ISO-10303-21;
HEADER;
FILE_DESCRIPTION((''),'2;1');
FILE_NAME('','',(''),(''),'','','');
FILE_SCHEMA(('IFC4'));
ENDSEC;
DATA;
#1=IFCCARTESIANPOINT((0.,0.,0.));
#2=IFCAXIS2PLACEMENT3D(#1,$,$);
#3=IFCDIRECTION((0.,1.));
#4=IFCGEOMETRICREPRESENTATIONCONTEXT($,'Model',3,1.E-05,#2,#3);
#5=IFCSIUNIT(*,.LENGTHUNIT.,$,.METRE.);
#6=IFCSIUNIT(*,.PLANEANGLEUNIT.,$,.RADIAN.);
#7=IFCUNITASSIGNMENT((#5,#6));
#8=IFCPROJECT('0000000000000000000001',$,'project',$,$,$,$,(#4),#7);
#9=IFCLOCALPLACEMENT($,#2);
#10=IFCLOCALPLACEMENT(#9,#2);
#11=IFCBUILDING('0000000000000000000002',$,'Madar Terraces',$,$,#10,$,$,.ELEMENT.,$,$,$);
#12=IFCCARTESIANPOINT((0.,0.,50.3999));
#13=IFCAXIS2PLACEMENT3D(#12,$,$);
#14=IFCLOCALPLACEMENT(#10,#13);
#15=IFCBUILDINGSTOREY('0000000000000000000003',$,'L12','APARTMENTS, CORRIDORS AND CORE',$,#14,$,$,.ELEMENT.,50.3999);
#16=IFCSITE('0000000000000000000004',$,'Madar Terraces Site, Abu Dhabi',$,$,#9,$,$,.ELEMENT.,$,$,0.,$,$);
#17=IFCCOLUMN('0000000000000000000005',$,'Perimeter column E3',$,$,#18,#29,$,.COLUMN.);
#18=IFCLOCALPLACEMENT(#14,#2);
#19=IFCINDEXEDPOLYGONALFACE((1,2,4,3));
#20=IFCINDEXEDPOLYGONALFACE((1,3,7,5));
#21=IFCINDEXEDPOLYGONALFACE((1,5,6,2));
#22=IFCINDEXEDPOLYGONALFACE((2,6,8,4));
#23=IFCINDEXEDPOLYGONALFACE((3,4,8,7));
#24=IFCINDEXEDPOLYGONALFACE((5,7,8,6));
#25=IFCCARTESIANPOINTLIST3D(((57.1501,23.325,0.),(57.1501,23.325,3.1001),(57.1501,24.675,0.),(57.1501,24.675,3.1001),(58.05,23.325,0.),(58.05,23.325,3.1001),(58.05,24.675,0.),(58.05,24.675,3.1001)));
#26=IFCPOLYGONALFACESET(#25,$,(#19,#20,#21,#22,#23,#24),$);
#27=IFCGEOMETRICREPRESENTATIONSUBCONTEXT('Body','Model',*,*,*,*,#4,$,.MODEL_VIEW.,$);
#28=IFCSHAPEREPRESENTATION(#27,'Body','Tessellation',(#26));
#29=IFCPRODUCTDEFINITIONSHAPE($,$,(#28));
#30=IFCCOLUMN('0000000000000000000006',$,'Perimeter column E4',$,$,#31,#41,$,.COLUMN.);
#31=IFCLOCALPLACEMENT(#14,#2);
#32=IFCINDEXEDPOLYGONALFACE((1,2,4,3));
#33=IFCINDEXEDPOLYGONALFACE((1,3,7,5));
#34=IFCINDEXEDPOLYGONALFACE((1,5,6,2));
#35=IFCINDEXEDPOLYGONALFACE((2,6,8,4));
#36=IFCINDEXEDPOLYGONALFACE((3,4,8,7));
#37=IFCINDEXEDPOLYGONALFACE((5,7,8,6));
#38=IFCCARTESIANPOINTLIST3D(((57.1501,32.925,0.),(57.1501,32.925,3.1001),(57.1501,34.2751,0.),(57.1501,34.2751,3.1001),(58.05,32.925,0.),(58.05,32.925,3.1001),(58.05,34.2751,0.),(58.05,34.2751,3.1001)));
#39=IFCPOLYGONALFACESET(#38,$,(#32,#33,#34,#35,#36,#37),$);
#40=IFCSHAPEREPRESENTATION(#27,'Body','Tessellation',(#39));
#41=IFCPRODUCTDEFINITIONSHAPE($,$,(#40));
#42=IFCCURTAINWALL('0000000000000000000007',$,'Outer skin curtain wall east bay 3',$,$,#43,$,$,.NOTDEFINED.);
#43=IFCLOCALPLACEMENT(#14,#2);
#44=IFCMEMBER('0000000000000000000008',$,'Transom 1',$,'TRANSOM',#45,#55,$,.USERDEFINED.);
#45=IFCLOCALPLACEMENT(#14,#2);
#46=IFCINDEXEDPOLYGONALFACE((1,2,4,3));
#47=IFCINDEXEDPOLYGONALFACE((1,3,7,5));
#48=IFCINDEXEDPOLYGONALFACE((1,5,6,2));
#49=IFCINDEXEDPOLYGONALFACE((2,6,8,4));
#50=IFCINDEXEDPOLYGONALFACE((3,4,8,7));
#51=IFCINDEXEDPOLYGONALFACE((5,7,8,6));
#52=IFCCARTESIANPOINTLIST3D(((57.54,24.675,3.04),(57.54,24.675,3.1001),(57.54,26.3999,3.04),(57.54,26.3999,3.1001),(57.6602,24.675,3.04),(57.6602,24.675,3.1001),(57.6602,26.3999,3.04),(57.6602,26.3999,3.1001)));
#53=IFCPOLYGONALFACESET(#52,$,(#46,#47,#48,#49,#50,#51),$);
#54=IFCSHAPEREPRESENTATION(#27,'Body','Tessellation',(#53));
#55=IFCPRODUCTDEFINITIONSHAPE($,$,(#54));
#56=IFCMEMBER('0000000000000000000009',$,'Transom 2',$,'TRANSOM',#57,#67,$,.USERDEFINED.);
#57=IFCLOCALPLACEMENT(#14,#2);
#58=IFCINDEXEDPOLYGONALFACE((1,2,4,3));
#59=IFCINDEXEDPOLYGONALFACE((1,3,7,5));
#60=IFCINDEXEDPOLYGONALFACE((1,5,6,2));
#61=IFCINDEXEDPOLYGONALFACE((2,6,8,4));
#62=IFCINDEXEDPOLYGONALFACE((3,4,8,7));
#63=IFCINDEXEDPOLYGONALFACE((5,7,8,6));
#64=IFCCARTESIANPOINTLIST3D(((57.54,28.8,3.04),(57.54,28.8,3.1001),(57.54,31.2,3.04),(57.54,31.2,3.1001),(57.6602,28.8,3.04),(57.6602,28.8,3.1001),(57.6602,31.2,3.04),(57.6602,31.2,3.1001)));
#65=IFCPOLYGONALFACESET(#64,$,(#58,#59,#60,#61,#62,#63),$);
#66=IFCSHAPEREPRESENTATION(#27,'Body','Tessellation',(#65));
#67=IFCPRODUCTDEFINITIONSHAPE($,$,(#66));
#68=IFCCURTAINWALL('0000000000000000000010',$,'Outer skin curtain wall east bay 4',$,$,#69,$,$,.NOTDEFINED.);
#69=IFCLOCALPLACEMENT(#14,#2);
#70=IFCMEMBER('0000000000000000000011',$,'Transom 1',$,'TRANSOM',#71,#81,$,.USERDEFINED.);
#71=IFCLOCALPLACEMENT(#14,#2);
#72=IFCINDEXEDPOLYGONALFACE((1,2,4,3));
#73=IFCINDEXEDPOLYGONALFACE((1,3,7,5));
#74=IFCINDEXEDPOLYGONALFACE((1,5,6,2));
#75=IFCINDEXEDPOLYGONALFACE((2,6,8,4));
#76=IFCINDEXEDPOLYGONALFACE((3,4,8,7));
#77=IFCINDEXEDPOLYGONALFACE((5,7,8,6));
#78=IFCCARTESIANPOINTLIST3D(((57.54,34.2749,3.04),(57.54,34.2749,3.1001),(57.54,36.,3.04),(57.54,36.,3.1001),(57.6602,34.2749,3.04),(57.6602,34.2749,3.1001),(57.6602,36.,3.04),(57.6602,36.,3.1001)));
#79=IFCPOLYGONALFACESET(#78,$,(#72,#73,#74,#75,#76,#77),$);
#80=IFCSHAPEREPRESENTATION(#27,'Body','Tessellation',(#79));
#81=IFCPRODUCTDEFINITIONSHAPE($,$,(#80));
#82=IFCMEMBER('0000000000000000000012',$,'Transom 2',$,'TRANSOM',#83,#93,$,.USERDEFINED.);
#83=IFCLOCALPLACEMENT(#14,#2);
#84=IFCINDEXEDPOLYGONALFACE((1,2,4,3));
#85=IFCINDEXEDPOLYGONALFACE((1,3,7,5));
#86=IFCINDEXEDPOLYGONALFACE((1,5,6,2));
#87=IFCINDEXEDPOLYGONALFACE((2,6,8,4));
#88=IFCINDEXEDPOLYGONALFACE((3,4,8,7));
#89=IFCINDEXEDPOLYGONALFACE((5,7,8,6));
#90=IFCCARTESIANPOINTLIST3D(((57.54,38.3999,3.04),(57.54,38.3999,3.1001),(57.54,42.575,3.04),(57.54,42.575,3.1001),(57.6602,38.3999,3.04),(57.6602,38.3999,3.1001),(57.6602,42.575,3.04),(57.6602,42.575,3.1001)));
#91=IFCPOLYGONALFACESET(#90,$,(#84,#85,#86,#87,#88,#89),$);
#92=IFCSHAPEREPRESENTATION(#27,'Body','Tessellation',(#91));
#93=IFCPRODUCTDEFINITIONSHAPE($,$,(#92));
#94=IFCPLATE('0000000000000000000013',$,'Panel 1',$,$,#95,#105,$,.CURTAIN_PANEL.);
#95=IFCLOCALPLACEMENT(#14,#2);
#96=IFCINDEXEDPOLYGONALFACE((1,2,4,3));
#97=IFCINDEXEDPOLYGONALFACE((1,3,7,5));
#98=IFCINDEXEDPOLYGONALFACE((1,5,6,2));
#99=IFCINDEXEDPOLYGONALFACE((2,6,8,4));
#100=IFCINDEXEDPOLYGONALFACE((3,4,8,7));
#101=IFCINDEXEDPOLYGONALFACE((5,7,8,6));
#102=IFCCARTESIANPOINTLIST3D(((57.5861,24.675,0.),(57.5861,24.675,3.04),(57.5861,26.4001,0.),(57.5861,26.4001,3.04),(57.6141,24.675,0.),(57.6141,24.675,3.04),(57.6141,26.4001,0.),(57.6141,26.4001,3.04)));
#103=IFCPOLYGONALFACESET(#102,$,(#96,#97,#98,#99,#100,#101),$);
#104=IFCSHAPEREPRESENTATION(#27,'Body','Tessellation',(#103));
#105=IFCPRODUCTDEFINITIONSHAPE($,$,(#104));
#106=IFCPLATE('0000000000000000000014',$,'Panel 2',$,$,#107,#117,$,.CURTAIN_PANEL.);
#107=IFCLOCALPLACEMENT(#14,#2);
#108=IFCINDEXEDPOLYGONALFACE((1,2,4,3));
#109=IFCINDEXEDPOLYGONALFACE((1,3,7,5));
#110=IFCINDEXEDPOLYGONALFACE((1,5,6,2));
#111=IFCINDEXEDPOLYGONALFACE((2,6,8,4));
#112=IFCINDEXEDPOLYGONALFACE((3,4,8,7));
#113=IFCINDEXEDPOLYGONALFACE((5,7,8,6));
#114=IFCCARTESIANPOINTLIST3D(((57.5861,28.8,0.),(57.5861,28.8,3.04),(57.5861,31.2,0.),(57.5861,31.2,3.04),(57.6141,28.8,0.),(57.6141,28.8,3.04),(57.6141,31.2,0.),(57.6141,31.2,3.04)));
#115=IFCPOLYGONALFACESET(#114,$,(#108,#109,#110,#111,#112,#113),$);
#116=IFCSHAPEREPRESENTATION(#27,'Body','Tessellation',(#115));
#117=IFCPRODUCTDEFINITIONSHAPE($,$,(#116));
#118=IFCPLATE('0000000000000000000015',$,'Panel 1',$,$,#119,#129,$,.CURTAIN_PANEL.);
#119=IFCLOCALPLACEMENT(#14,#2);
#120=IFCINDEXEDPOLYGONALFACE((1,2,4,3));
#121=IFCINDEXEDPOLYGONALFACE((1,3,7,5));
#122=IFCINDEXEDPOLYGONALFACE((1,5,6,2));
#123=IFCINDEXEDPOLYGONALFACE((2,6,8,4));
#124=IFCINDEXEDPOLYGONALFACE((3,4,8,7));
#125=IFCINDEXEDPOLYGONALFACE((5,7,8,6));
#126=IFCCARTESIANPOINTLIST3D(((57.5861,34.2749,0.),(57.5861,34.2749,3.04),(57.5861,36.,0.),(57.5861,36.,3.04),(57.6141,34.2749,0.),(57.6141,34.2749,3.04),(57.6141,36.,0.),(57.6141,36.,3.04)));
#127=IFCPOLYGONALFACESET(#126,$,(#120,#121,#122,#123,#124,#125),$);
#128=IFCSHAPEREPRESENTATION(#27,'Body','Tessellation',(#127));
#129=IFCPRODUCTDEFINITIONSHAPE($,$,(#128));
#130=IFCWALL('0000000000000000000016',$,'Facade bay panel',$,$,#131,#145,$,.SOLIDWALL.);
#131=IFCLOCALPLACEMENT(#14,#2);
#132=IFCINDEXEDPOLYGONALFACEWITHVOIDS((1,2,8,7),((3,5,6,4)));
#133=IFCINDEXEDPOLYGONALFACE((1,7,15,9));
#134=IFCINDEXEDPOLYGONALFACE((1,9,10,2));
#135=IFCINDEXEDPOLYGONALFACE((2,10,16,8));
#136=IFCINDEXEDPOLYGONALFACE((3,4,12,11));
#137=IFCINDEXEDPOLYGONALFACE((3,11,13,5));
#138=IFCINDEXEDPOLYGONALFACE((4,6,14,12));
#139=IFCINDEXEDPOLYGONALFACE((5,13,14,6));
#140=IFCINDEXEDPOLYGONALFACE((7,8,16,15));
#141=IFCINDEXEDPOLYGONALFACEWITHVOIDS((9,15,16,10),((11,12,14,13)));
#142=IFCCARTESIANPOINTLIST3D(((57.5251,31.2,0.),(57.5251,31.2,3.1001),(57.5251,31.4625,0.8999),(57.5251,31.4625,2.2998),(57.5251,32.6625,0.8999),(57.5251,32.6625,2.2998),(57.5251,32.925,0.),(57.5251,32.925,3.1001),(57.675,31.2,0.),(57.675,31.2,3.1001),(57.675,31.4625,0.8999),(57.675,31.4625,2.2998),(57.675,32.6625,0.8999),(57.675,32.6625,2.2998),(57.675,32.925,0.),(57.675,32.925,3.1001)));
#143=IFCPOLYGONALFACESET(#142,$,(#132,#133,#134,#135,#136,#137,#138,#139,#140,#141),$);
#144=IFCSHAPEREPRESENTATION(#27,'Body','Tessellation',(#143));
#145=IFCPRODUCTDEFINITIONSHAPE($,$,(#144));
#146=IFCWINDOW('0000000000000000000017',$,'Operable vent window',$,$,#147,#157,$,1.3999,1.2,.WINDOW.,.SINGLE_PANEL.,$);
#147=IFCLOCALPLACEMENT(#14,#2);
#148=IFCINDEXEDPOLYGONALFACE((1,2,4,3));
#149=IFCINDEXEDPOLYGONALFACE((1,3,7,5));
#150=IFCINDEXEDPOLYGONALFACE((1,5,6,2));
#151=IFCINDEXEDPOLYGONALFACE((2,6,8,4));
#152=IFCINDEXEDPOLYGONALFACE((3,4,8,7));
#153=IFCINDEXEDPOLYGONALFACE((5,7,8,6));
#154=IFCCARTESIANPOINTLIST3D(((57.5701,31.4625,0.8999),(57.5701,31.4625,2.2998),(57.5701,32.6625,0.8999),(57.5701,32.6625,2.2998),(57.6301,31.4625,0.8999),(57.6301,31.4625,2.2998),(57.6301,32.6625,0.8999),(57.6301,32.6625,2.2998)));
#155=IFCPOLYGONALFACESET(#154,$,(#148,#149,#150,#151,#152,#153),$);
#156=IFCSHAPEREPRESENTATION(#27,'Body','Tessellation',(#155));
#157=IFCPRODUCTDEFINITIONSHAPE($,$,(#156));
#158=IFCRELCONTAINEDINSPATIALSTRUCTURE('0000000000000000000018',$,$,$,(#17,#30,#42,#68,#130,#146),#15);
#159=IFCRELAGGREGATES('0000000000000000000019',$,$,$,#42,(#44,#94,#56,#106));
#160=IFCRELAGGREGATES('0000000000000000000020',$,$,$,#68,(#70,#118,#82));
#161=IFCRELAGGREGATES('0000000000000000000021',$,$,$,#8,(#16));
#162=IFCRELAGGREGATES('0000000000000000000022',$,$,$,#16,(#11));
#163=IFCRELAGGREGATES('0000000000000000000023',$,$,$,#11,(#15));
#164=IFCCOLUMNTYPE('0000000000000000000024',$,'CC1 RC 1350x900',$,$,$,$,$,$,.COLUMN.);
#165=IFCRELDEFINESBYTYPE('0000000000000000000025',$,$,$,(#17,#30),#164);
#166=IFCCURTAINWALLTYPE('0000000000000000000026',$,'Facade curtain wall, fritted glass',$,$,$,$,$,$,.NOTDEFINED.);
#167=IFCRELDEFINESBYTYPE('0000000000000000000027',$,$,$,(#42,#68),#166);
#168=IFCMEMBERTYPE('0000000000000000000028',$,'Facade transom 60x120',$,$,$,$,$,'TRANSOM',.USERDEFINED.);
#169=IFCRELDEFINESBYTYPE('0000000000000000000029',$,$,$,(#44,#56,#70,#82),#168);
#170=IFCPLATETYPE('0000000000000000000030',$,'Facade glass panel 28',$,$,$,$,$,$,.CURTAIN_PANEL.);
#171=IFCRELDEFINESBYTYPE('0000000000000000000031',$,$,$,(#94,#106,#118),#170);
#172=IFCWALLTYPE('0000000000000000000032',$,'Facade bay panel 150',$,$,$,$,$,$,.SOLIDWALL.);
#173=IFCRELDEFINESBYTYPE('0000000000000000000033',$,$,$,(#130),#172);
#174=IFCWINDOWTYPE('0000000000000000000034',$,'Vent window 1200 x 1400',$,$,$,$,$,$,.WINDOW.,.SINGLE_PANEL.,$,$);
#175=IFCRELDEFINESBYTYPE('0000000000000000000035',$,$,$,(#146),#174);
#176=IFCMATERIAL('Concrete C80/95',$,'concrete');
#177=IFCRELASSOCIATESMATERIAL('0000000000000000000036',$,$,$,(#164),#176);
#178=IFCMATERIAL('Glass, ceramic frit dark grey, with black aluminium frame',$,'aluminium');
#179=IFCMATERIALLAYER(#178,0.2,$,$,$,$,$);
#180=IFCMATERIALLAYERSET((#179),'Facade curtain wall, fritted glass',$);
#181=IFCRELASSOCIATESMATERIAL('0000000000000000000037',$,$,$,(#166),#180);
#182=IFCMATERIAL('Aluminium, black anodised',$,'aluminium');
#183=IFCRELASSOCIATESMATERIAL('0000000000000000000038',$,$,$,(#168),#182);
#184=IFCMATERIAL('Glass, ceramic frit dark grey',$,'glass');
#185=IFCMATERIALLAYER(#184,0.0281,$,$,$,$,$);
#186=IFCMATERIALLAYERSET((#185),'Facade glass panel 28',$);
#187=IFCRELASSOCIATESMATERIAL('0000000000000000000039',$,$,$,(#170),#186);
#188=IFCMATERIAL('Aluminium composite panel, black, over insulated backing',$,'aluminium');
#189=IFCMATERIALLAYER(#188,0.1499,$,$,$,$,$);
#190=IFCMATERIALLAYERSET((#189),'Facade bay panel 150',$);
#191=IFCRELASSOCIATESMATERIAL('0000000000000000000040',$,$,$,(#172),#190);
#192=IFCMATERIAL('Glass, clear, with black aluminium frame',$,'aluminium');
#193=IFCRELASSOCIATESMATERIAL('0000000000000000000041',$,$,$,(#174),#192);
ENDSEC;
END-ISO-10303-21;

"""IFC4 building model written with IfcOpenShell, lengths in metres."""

from ifc_helpers import new_model, si_unit, direction, frame, frame_2d, origin, origin_2d, place, context, subcontext, project, spatial, rectangle, extrude, material, layer, layer_set, material_profile, profile_set, type_object, element, fill, aggregate, save


model = new_model("IFC4")

# Units and contexts
model_context = context("Model", 3, precision=1e-05, world=origin(), true_north=direction((0.0, 1.0)))
body_context = subcontext(model_context, "Body", "Model", "MODEL_VIEW")
ifc_project = project(units=[si_unit("LENGTHUNIT", "METRE"), si_unit("PLANEANGLEUNIT", "RADIAN")], contexts=[model_context])

# Site, building, storey
site_placement = place(None, origin())
site = spatial("IfcSite", under=ifc_project, at=site_placement, Name="Madar Terraces Site, Abu Dhabi", CompositionType="ELEMENT", RefElevation=0.0)
building_placement = place(site_placement, origin())
building = spatial("IfcBuilding", under=site, at=building_placement, Name="Madar Terraces", CompositionType="ELEMENT")
storey_placement = place(building_placement, frame((0.0, 0.0, 50.3999)))
storey = spatial("IfcBuildingStorey", under=building, at=storey_placement, Name="L12", Description="APARTMENTS, CORRIDORS AND CORE", CompositionType="ELEMENT", Elevation=50.3999)

# Columns
ifc_material_1 = material(Name="Concrete C80/95", Category="concrete")
ifc_material_profile_1 = material_profile(ifc_material_1, rectangle(XDim=1.3501, YDim=0.8999, at=origin_2d()), Name="CC1 RC 1350x900")
ifc_profile_set_1 = profile_set([ifc_material_profile_1], Name="Concrete C80/95")
column_type = type_object("IfcColumnType", Name="CC1 RC 1350x900", PredefinedType="COLUMN", material=ifc_profile_set_1)
for number, where, z_axis, x_axis, name in (
    (1, (57.6001, 24.0, 0.0), (0.0, 0.0, 1.0), (0.0, 1.0, 0.0), "Perimeter column E3"),
    (2, (57.6001, 33.6001, 0.0), (0.0, 0.0, 1.0), (0.0, 1.0, 0.0), "Perimeter column E4"),
):
    element("IfcColumn", number, at=place(storey_placement, frame(where, z_axis=z_axis, x_axis=x_axis)), inside=storey, type_object=column_type, Name=name, PredefinedType="COLUMN", context=body_context, shape_type="SweptSolid", body=[
        extrude(rectangle(XDim=1.3501, YDim=0.8999, at=origin_2d()), origin(), (0.0, 0.0, 1.0), 3.1001),
    ])

# Curtain walls, members
ifc_material_2 = material(Name="Glass, ceramic frit dark grey, with black aluminium frame", Category="aluminium")
ifc_layer_1 = layer(ifc_material_2, 0.2)
ifc_layer_set_1 = layer_set([ifc_layer_1], Name="Facade curtain wall, fritted glass")
curtain_wall_type = type_object("IfcCurtainWallType", Name="Facade curtain wall, fritted glass", PredefinedType="NOTDEFINED", material=ifc_layer_set_1)
curtain_wall_1_placement = place(storey_placement, origin())
curtain_wall_1 = element("IfcCurtainWall", 3, at=curtain_wall_1_placement, inside=storey, type_object=curtain_wall_type, Name="Outer skin curtain wall east bay 3", PredefinedType="NOTDEFINED")
ifc_material_3 = material(Name="Aluminium, black anodised", Category="aluminium")
ifc_material_profile_2 = material_profile(ifc_material_3, rectangle(XDim=0.1201, YDim=0.0601, at=origin_2d()), Name="Facade transom 60x120")
ifc_profile_set_2 = profile_set([ifc_material_profile_2], Name="Aluminium, black anodised")
member_type = type_object("IfcMemberType", Name="Facade transom 60x120", ElementType="TRANSOM", PredefinedType="USERDEFINED", material=ifc_profile_set_2)
member_1_placement = place(storey_placement, frame((57.6001, 24.675, 3.0701), z_axis=(0.0, 1.0, 0.0), x_axis=(-1.0, 0.0, 0.0)))
member_1 = element("IfcMember", 4, at=member_1_placement, type_object=member_type, Name="Transom 1", ObjectType="TRANSOM", PredefinedType="USERDEFINED", context=body_context, shape_type="SweptSolid", body=[
    extrude(rectangle(XDim=0.1201, YDim=0.0601, at=origin_2d()), origin(), (0.0, 0.0, 1.0), 1.7249),
])
member_2_placement = place(storey_placement, frame((57.6001, 28.8, 3.0701), z_axis=(0.0, 1.0, 0.0), x_axis=(-1.0, 0.0, 0.0)))
member_2 = element("IfcMember", 5, at=member_2_placement, type_object=member_type, Name="Transom 2", ObjectType="TRANSOM", PredefinedType="USERDEFINED", context=body_context, shape_type="SweptSolid", body=[
    extrude(rectangle(XDim=0.1201, YDim=0.0601, at=origin_2d()), origin(), (0.0, 0.0, 1.0), 2.3999),
])
curtain_wall_2_placement = place(storey_placement, origin())
curtain_wall_2 = element("IfcCurtainWall", 6, at=curtain_wall_2_placement, inside=storey, type_object=curtain_wall_type, Name="Outer skin curtain wall east bay 4", PredefinedType="NOTDEFINED")
member_3_placement = place(storey_placement, frame((57.6001, 34.2749, 3.0701), z_axis=(0.0, 1.0, 0.0), x_axis=(-1.0, 0.0, 0.0)))
member_3 = element("IfcMember", 7, at=member_3_placement, type_object=member_type, Name="Transom 1", ObjectType="TRANSOM", PredefinedType="USERDEFINED", context=body_context, shape_type="SweptSolid", body=[
    extrude(rectangle(XDim=0.1201, YDim=0.0601, at=origin_2d()), origin(), (0.0, 0.0, 1.0), 1.7251),
])
member_4_placement = place(storey_placement, frame((57.6001, 38.3999, 3.0701), z_axis=(0.0, 1.0, 0.0), x_axis=(-1.0, 0.0, 0.0)))
member_4 = element("IfcMember", 8, at=member_4_placement, type_object=member_type, Name="Transom 2", ObjectType="TRANSOM", PredefinedType="USERDEFINED", context=body_context, shape_type="SweptSolid", body=[
    extrude(rectangle(XDim=0.1201, YDim=0.0601, at=origin_2d()), origin(), (0.0, 0.0, 1.0), 4.175),
])

# Plates
ifc_material_4 = material(Name="Glass, ceramic frit dark grey", Category="glass")
ifc_layer_2 = layer(ifc_material_4, 0.0281)
ifc_layer_set_2 = layer_set([ifc_layer_2], Name="Facade glass panel 28")
plate_type = type_object("IfcPlateType", Name="Facade glass panel 28", PredefinedType="CURTAIN_PANEL", material=ifc_layer_set_2)
plate_1_placement = place(storey_placement, frame((57.6001, 25.5376, 0.0), z_axis=(0.0, 0.0, 1.0), x_axis=(0.0, 1.0, 0.0)))
plate_1 = element("IfcPlate", 9, at=plate_1_placement, type_object=plate_type, Name="Panel 1", PredefinedType="CURTAIN_PANEL", context=body_context, shape_type="SweptSolid", body=[
    extrude(rectangle(XDim=1.7251, YDim=0.0281, at=origin_2d()), origin(), (0.0, 0.0, 1.0), 3.04),
])
plate_2_placement = place(storey_placement, frame((57.6001, 30.0, 0.0), z_axis=(0.0, 0.0, 1.0), x_axis=(0.0, 1.0, 0.0)))
plate_2 = element("IfcPlate", 10, at=plate_2_placement, type_object=plate_type, Name="Panel 2", PredefinedType="CURTAIN_PANEL", context=body_context, shape_type="SweptSolid", body=[
    extrude(rectangle(XDim=2.3999, YDim=0.0281, at=origin_2d()), origin(), (0.0, 0.0, 1.0), 3.04),
])
aggregate(curtain_wall_1, [member_1, plate_1, member_2, plate_2])
plate_3_placement = place(storey_placement, frame((57.6001, 35.1375, 0.0), z_axis=(0.0, 0.0, 1.0), x_axis=(0.0, 1.0, 0.0)))
plate_3 = element("IfcPlate", 11, at=plate_3_placement, type_object=plate_type, Name="Panel 1", PredefinedType="CURTAIN_PANEL", context=body_context, shape_type="SweptSolid", body=[
    extrude(rectangle(XDim=1.7251, YDim=0.0281, at=origin_2d()), origin(), (0.0, 0.0, 1.0), 3.04),
])
aggregate(curtain_wall_2, [member_3, plate_3, member_4])

# Shared definitions
ifc_material_5 = material(Name="Aluminium composite panel, black, over insulated backing", Category="aluminium")
ifc_layer_3 = layer(ifc_material_5, 0.1499)
ifc_layer_set_3 = layer_set([ifc_layer_3], Name="Facade bay panel 150")
wall_type_1 = type_object("IfcWallType", Name="Facade bay panel 150", PredefinedType="SOLIDWALL", material=ifc_layer_set_3)

# Wall, opening, window
wall_1_placement = place(storey_placement, frame((57.6001, 31.2, 0.0), z_axis=(0.0, 0.0, 1.0), x_axis=(0.0, 1.0, 0.0)))
wall_1 = element("IfcWall", 12, at=wall_1_placement, inside=storey, type_object=wall_type_1, Name="Facade bay panel", PredefinedType="SOLIDWALL", context=body_context, shape_type="SweptSolid", body=[
    extrude(rectangle(XDim=1.7251, YDim=0.1499, at=frame_2d((0.8625, 0.0))), origin(), (0.0, 0.0, 1.0), 3.1001),
])
opening_1_placement = place(wall_1_placement, frame((0.2625, 0.0, 0.8999)))
opening_1 = element("IfcOpeningElement", 13, at=opening_1_placement, cuts=wall_1, PredefinedType="OPENING", context=body_context, shape_type="SweptSolid", body=[
    extrude(rectangle(XDim=1.2, YDim=1.3999, at=frame_2d((0.6001, 0.7))), frame((0.0, 0.085, 0.0), z_axis=(0.0, -1.0, 0.0), x_axis=(1.0, 0.0, 0.0)), (0.0, 0.0, 1.0), 0.1699),
])
ifc_material_6 = material(Name="Glass, clear, with black aluminium frame", Category="aluminium")
window_type = type_object("IfcWindowType", Name="Vent window 1200 x 1400", PartitioningType="SINGLE_PANEL", PredefinedType="WINDOW", material=ifc_material_6)
window_placement = place(opening_1_placement, origin())
window = element("IfcWindow", 14, at=window_placement, inside=storey, type_object=window_type, Name="Operable vent window", OverallHeight=1.3999, OverallWidth=1.2, PartitioningType="SINGLE_PANEL", PredefinedType="WINDOW", context=body_context, shape_type="SweptSolid", body=[
    extrude(rectangle(XDim=1.2, YDim=1.3999, at=frame_2d((0.6001, 0.7))), frame((0.0, 0.03, 0.0), z_axis=(0.0, -1.0, 0.0), x_axis=(1.0, 0.0, 0.0)), (0.0, 0.0, 1.0), 0.0601),
])
fill(opening_1, window)

save(model, "model.ifc")
